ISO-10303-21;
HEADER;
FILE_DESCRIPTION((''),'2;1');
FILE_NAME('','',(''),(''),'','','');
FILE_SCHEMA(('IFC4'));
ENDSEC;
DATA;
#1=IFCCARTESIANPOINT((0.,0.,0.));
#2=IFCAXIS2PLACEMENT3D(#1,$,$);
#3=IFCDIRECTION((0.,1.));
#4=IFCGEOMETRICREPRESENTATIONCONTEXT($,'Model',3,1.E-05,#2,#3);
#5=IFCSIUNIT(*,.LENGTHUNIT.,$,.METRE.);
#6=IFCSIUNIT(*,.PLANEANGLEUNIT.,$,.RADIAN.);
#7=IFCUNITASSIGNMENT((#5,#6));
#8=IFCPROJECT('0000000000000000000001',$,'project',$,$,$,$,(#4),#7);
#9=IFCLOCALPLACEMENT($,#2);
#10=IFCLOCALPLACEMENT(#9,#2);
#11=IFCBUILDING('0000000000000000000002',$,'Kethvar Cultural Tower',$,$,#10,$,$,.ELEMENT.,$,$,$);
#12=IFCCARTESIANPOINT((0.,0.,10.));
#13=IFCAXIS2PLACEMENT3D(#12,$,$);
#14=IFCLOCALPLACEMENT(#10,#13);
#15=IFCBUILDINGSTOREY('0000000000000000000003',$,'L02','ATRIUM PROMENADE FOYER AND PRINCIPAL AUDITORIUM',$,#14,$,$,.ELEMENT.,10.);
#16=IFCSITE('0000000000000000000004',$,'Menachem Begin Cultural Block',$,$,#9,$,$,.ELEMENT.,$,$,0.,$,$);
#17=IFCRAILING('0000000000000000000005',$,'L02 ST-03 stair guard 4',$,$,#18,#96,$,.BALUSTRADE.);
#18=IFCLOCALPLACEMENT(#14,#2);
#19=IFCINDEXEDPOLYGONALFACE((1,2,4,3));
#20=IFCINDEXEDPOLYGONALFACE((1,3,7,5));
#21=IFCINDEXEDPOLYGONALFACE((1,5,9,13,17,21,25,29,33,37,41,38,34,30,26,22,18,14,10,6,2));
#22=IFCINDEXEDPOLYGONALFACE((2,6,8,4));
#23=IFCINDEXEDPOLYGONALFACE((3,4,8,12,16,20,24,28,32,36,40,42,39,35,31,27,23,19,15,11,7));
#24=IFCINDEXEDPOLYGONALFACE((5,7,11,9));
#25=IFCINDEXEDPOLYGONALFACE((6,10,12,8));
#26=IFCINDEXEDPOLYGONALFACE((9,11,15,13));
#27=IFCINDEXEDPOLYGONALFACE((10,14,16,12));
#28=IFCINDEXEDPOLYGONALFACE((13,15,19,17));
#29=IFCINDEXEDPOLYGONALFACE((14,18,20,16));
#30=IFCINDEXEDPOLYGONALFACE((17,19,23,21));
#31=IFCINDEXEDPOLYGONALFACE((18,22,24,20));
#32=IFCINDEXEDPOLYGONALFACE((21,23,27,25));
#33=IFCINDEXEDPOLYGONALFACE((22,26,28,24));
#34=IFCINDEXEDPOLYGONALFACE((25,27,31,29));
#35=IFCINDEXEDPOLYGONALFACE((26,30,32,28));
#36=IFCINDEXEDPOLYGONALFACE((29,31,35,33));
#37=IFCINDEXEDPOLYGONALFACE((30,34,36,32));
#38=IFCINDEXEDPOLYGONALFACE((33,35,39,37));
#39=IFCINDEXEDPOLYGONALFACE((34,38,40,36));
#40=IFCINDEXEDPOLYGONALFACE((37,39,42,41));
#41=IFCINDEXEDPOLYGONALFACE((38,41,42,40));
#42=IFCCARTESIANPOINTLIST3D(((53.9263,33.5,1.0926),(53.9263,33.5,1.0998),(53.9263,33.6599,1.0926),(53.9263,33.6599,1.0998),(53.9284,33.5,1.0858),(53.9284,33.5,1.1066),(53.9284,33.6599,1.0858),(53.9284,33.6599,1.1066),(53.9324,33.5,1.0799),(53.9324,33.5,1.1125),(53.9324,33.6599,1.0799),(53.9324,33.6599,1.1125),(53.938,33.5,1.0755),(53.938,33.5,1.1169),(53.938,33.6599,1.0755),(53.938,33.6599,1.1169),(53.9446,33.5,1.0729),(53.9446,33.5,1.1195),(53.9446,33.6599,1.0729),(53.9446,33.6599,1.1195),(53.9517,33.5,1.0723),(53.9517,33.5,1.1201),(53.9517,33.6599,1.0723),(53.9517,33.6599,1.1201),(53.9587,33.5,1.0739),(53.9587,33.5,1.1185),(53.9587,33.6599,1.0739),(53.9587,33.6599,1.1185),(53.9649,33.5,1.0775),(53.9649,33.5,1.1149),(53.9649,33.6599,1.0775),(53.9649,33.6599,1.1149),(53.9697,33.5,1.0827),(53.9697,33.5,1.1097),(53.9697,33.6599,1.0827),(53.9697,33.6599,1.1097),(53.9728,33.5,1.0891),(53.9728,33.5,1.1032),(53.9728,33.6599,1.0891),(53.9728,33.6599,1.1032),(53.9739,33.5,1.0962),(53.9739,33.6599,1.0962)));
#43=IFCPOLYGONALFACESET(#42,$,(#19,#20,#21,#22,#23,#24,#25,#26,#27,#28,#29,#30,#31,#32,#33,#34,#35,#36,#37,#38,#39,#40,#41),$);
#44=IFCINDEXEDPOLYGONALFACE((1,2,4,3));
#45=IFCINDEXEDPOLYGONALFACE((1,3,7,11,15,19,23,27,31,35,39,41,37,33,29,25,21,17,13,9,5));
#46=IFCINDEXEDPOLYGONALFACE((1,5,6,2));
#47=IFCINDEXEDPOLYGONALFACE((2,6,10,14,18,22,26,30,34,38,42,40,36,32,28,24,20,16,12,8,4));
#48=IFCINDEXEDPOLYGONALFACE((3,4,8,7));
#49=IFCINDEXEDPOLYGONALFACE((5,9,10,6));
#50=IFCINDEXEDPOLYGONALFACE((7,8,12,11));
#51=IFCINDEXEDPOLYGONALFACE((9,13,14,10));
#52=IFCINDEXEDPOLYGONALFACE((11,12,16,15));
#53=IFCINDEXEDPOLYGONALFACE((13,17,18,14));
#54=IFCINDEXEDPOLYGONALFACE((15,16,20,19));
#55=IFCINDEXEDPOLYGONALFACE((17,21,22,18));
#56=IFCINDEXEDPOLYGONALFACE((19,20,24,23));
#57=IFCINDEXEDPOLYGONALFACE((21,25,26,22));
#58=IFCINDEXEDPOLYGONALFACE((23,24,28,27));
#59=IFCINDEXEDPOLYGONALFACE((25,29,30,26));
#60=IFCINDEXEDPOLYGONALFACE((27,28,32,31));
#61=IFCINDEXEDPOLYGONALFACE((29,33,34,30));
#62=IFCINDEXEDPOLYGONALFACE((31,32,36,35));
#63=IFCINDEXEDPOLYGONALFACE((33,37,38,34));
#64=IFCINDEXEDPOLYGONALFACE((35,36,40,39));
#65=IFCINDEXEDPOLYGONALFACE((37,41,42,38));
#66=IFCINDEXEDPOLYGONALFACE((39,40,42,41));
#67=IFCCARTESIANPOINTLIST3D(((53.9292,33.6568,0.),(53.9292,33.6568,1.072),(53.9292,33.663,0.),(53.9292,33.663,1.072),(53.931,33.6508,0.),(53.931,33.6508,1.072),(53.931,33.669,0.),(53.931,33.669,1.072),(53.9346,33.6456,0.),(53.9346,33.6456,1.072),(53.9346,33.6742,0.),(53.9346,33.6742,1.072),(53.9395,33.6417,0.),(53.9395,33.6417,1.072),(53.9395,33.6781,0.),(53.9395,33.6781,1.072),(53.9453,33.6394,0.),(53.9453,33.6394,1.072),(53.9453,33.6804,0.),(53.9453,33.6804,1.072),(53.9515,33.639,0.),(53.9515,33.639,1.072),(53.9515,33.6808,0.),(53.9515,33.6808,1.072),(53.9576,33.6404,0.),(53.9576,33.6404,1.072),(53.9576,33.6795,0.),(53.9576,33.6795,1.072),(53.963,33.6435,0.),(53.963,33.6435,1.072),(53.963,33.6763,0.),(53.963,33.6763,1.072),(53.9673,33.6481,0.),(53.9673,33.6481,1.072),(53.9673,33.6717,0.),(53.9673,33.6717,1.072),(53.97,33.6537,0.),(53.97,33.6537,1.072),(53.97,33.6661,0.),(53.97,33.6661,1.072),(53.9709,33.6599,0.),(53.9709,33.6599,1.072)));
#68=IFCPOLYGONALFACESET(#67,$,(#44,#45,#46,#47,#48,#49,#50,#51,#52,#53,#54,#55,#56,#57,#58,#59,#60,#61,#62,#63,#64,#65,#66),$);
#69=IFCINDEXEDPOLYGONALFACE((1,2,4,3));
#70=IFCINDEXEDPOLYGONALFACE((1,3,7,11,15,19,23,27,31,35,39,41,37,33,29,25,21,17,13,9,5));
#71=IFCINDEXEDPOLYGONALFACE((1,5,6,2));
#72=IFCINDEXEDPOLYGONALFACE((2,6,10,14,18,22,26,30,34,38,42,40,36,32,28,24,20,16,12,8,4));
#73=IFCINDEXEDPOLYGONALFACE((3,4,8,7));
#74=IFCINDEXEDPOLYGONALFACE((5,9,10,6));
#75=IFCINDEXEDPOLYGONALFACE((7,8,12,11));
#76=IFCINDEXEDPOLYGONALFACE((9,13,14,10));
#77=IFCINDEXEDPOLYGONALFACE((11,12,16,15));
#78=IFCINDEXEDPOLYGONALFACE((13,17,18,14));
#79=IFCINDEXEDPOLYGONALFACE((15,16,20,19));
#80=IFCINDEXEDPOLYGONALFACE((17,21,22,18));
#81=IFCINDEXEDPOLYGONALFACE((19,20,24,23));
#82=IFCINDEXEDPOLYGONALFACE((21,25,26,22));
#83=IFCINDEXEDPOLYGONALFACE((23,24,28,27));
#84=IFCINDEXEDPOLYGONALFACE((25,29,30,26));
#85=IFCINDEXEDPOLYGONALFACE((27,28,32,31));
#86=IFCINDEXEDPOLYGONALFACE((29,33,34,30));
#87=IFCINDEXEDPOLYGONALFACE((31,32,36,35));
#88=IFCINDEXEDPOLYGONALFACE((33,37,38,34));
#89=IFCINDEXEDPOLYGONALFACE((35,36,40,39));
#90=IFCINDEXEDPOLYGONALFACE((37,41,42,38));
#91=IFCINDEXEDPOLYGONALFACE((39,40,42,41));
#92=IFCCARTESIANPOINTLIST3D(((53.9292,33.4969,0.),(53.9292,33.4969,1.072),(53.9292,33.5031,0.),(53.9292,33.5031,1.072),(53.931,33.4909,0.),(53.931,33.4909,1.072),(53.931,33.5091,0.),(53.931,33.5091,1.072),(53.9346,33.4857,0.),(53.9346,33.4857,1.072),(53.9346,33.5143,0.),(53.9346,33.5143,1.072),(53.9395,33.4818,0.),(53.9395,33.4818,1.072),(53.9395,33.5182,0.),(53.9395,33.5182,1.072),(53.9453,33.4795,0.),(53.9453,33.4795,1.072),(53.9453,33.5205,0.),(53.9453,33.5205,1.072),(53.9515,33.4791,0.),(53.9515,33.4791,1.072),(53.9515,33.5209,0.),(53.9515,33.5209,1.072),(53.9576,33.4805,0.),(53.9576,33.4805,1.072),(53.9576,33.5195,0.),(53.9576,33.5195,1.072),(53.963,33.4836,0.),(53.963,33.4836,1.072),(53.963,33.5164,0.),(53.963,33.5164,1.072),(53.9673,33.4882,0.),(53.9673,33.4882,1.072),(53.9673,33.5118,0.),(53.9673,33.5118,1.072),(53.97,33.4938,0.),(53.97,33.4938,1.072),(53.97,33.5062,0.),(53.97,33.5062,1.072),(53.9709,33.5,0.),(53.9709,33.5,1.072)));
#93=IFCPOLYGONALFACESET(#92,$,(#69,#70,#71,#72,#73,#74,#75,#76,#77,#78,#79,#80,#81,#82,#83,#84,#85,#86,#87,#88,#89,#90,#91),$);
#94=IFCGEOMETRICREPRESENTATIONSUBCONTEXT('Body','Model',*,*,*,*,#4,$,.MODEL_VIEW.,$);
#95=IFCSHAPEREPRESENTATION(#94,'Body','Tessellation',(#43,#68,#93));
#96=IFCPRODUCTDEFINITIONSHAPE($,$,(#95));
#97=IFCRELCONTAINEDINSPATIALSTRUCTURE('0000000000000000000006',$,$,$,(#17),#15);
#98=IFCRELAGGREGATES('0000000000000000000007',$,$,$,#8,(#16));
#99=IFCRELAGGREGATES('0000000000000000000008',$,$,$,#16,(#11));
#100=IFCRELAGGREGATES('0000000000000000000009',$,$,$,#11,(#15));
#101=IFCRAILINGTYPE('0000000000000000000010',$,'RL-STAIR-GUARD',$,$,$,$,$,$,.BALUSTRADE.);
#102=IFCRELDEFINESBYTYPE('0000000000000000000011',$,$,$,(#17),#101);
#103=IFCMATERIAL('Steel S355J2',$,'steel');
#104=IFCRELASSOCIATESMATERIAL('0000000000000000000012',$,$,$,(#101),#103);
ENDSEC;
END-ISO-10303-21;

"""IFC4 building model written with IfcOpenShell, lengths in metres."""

from ifc_helpers import new_model, si_unit, direction, frame, origin, origin_2d, place, context, subcontext, project, spatial, circle, extrude, material, type_object, element, save


model = new_model("IFC4")

# Units and contexts
model_context = context("Model", 3, precision=1e-05, world=origin(), true_north=direction((0.0, 1.0)))
body_context = subcontext(model_context, "Body", "Model", "MODEL_VIEW")
ifc_project = project(units=[si_unit("LENGTHUNIT", "METRE"), si_unit("PLANEANGLEUNIT", "RADIAN")], contexts=[model_context])

# Site, building, storey
site_placement = place(None, origin())
site = spatial("IfcSite", under=ifc_project, at=site_placement, Name="Menachem Begin Cultural Block", CompositionType="ELEMENT", RefElevation=0.0)
building_placement = place(site_placement, origin())
building = spatial("IfcBuilding", under=site, at=building_placement, Name="Kethvar Cultural Tower", CompositionType="ELEMENT")
storey_placement = place(building_placement, frame((0.0, 0.0, 10.0)))
storey = spatial("IfcBuildingStorey", under=building, at=storey_placement, Name="L02", Description="ATRIUM PROMENADE FOYER AND PRINCIPAL AUDITORIUM", CompositionType="ELEMENT", Elevation=10.0)

# Shared definitions
ifc_material_1 = material(Name="Steel S355J2", Category="steel")

# Railing
railing_type_1 = type_object("IfcRailingType", Name="RL-STAIR-GUARD", PredefinedType="BALUSTRADE", material=ifc_material_1)
railing_1_placement = place(storey_placement, frame((53.95, 33.6599, 0.0)))
element("IfcRailing", 1, at=railing_1_placement, inside=storey, type_object=railing_type_1, Name="L02 ST-03 stair guard 4", PredefinedType="BALUSTRADE", context=body_context, shape_type="SweptSolid", body=[
    extrude(circle(Radius=0.0239, at=origin_2d()), frame((0.0, 0.0, 1.0962), z_axis=(0.0, -1.0, 0.0), x_axis=(1.0, 0.0, 0.0)), (0.0, 0.0, 1.0), 0.1599),
    extrude(circle(Radius=0.021, at=origin_2d()), origin(), (0.0, 0.0, 1.0), 1.072),
    extrude(circle(Radius=0.021, at=origin_2d()), frame((0.0, -0.1599, 0.0)), (0.0, 0.0, 1.0), 1.072),
])

save(model, "model.ifc")
